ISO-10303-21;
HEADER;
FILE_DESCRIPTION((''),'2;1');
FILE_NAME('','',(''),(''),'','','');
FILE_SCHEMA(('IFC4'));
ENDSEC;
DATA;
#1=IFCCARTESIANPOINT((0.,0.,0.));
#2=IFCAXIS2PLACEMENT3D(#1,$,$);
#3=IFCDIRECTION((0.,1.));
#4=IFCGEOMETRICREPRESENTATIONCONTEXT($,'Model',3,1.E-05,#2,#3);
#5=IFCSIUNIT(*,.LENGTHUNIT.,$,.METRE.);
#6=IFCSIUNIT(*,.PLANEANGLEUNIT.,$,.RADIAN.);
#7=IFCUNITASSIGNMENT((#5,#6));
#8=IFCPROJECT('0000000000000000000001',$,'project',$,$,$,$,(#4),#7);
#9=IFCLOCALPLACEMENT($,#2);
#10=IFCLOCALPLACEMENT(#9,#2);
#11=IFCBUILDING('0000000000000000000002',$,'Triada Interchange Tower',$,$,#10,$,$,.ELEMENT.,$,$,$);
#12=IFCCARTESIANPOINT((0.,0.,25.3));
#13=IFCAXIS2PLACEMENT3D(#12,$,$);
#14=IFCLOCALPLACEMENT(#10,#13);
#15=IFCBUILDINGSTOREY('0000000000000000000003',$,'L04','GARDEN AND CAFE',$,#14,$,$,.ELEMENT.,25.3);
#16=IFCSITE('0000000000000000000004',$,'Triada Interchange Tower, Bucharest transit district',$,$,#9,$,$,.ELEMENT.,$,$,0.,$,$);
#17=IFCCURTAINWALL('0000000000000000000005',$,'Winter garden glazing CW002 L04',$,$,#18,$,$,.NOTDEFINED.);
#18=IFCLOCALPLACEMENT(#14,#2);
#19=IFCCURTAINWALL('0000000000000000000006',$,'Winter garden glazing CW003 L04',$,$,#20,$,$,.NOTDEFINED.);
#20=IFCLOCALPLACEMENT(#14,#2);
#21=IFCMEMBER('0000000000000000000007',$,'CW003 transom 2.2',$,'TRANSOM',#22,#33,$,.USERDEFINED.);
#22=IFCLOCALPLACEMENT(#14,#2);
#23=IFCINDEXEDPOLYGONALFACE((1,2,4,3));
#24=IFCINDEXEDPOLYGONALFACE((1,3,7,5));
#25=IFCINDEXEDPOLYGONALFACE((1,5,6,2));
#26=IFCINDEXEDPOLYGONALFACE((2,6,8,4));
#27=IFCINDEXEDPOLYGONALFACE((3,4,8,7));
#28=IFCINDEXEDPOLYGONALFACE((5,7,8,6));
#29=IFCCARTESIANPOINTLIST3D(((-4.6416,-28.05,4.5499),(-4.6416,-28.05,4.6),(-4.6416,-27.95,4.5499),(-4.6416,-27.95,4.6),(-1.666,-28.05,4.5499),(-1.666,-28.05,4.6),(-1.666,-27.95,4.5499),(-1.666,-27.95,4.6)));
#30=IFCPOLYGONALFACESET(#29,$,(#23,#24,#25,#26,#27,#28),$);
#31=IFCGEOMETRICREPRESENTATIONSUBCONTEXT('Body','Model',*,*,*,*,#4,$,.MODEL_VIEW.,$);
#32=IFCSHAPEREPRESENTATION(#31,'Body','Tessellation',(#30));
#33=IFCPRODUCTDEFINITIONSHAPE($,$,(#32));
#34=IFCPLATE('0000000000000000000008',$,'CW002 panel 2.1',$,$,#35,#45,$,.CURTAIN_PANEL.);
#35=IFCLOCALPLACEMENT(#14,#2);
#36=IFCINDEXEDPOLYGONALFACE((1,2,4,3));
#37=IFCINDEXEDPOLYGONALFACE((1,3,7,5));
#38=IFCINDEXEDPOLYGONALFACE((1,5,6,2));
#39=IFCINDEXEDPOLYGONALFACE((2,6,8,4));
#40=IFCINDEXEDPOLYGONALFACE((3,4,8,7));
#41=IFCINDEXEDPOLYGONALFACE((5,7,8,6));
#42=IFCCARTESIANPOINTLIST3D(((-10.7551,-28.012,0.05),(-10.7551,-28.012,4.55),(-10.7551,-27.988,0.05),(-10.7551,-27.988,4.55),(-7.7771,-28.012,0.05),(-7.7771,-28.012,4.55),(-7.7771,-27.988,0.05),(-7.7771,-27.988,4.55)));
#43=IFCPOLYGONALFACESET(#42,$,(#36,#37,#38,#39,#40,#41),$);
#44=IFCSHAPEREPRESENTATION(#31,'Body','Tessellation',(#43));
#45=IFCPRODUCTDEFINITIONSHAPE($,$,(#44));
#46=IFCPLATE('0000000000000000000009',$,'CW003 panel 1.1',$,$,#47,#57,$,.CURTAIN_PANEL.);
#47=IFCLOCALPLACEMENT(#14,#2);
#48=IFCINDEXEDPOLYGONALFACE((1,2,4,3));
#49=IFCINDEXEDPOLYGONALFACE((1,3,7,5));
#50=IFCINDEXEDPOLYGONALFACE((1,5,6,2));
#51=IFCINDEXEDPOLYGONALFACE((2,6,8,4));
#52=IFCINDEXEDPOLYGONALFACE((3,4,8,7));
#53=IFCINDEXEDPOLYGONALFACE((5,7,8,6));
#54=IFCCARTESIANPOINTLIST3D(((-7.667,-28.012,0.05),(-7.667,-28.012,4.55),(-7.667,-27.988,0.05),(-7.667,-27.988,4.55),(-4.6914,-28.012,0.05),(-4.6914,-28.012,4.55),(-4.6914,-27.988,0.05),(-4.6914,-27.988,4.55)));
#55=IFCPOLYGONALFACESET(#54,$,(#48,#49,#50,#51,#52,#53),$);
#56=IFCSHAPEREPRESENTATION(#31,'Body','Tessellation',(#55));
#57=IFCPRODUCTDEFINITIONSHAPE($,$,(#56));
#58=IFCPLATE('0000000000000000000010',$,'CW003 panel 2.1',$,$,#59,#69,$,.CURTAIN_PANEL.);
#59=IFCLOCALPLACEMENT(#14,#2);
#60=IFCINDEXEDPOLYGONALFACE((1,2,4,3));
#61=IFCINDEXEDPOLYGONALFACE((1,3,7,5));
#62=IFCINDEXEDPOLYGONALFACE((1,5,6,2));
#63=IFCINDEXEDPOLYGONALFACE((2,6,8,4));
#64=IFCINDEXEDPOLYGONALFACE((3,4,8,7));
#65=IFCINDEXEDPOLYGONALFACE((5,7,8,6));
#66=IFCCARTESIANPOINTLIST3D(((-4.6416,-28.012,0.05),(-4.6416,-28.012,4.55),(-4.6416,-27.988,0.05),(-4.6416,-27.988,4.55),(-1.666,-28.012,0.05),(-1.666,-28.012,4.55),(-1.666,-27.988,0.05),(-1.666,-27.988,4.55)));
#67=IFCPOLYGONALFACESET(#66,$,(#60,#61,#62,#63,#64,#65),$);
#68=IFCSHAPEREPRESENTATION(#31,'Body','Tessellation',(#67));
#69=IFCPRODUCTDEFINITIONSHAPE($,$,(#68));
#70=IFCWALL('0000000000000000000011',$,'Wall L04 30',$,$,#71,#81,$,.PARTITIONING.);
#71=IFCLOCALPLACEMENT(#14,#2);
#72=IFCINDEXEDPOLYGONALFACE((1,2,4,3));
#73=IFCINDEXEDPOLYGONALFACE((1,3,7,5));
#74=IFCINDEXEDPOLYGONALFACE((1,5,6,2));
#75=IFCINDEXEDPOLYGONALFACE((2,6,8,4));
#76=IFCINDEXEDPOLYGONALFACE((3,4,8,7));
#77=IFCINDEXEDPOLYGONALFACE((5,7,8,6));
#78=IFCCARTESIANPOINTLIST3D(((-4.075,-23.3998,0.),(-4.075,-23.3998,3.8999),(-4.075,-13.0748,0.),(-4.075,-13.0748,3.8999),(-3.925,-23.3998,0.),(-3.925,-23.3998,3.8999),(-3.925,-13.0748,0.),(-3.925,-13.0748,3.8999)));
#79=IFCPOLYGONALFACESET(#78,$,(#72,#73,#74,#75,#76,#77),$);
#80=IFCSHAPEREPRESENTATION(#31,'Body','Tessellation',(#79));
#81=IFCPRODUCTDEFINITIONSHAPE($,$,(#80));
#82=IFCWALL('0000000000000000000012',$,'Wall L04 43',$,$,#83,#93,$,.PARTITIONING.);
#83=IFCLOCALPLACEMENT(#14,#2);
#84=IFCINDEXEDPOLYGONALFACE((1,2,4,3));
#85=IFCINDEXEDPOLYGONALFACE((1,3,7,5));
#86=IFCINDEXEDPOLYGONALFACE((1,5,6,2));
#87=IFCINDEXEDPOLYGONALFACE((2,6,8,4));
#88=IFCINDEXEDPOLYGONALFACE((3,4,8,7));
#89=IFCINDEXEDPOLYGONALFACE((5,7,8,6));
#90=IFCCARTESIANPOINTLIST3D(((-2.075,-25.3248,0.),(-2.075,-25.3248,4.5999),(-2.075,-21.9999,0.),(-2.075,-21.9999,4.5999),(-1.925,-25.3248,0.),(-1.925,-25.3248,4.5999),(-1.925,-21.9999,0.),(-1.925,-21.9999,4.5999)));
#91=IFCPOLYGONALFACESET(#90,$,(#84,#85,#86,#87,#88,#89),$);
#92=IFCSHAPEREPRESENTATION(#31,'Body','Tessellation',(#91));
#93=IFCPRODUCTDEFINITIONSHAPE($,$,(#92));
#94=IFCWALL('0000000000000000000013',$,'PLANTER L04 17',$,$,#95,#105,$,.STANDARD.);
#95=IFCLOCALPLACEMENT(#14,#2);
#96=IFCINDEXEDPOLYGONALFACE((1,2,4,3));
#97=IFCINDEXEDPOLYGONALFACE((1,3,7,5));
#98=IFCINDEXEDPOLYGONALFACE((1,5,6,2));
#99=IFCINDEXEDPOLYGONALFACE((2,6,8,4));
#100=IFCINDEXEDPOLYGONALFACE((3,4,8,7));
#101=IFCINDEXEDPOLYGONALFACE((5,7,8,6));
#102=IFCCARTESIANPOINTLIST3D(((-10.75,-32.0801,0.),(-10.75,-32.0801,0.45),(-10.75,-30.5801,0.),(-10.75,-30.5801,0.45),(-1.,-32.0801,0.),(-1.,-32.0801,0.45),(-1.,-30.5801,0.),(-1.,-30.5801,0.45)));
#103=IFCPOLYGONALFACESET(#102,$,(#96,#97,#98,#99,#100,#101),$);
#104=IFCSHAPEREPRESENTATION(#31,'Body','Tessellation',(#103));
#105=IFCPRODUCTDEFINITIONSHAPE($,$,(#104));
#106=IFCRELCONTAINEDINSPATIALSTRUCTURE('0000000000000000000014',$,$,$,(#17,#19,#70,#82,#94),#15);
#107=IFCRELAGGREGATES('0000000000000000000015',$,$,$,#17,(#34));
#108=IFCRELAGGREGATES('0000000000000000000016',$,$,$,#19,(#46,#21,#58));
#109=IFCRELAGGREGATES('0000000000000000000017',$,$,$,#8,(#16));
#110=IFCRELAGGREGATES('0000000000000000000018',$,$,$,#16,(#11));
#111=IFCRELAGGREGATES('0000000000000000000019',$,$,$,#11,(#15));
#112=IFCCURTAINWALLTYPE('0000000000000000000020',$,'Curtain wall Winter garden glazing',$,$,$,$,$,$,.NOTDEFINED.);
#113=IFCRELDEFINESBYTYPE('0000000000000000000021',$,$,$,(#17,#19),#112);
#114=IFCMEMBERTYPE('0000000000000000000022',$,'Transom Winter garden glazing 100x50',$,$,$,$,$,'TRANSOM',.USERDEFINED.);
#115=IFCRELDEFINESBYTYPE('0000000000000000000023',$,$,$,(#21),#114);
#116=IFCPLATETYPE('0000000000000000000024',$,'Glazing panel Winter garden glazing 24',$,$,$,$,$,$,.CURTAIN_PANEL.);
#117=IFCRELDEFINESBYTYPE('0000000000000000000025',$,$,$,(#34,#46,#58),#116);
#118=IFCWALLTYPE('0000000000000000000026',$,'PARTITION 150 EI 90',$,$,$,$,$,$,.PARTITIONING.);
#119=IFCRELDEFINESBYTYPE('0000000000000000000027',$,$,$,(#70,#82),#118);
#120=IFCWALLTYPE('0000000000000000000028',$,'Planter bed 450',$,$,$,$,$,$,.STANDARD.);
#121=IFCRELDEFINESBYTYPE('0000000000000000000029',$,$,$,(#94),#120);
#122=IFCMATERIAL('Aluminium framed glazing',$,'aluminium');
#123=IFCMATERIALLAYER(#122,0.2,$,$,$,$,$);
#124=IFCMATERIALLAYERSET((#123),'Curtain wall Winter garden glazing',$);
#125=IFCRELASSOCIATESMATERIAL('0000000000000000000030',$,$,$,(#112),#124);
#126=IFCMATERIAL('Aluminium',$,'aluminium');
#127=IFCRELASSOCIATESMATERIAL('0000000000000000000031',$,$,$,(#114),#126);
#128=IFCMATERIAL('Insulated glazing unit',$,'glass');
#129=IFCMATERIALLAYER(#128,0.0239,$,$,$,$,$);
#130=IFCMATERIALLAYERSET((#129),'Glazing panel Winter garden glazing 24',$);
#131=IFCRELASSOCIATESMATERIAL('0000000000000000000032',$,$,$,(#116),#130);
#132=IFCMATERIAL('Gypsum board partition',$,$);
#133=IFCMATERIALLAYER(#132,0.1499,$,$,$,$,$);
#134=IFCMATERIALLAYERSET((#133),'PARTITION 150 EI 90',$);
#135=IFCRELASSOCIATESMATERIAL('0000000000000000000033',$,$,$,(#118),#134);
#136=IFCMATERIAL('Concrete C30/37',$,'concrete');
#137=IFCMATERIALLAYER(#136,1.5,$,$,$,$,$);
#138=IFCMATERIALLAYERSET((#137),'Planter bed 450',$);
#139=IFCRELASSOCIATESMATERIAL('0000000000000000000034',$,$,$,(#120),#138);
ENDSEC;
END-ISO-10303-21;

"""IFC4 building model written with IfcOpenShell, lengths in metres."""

from ifc_helpers import new_model, si_unit, direction, frame, frame_2d, origin, origin_2d, place, context, subcontext, project, spatial, rectangle, extrude, material, layer, layer_set, material_profile, profile_set, type_object, element, aggregate, save


model = new_model("IFC4")

# Units and contexts
model_context = context("Model", 3, precision=1e-05, world=origin(), true_north=direction((0.0, 1.0)))
body_context = subcontext(model_context, "Body", "Model", "MODEL_VIEW")
ifc_project = project(units=[si_unit("LENGTHUNIT", "METRE"), si_unit("PLANEANGLEUNIT", "RADIAN")], contexts=[model_context])

# Site, building, storey
site_placement = place(None, origin())
site = spatial("IfcSite", under=ifc_project, at=site_placement, Name="Triada Interchange Tower, Bucharest transit district", CompositionType="ELEMENT", RefElevation=0.0)
building_placement = place(site_placement, origin())
building = spatial("IfcBuilding", under=site, at=building_placement, Name="Triada Interchange Tower", CompositionType="ELEMENT")
storey_placement = place(building_placement, frame((0.0, 0.0, 25.3)))
storey = spatial("IfcBuildingStorey", under=building, at=storey_placement, Name="L04", Description="GARDEN AND CAFE", CompositionType="ELEMENT", Elevation=25.3)

# Curtain walls
ifc_material_1 = material(Name="Aluminium framed glazing", Category="aluminium")
ifc_layer_1 = layer(ifc_material_1, 0.2)
ifc_layer_set_1 = layer_set([ifc_layer_1], Name="Curtain wall Winter garden glazing")
curtain_wall_type = type_object("IfcCurtainWallType", Name="Curtain wall Winter garden glazing", PredefinedType="NOTDEFINED", material=ifc_layer_set_1)
curtain_wall_1_placement = place(storey_placement, origin())
curtain_wall_1 = element("IfcCurtainWall", 1, at=curtain_wall_1_placement, inside=storey, type_object=curtain_wall_type, Name="Winter garden glazing CW002 L04", PredefinedType="NOTDEFINED")
ifc_material_2 = material(Name="Aluminium", Category="aluminium")
curtain_wall_2_placement = place(storey_placement, origin())
curtain_wall_2 = element("IfcCurtainWall", 2, at=curtain_wall_2_placement, inside=storey, type_object=curtain_wall_type, Name="Winter garden glazing CW003 L04", PredefinedType="NOTDEFINED")

# Member
ifc_material_profile_1 = material_profile(ifc_material_2, rectangle(XDim=0.1001, YDim=0.05, at=origin_2d()), Name="Aluminium transom")
ifc_profile_set_1 = profile_set([ifc_material_profile_1], Name="Aluminium")
member_type_1 = type_object("IfcMemberType", Name="Transom Winter garden glazing 100x50", ElementType="TRANSOM", PredefinedType="USERDEFINED", material=ifc_profile_set_1)
member_1_placement = place(storey_placement, frame((-4.6416, -28.0, 4.575), z_axis=(1.0, 0.0, 0.0), x_axis=(0.0, 1.0, 0.0)))
member_1 = element("IfcMember", 3, at=member_1_placement, type_object=member_type_1, Name="CW003 transom 2.2", ObjectType="TRANSOM", PredefinedType="USERDEFINED", context=body_context, shape_type="SweptSolid", body=[
    extrude(rectangle(XDim=0.1001, YDim=0.05, at=origin_2d()), origin(), (0.0, 0.0, 1.0), 2.9756),
])

# Plates
ifc_material_3 = material(Name="Insulated glazing unit", Category="glass")
ifc_layer_2 = layer(ifc_material_3, 0.0239)
ifc_layer_set_2 = layer_set([ifc_layer_2], Name="Glazing panel Winter garden glazing 24")
plate_type = type_object("IfcPlateType", Name="Glazing panel Winter garden glazing 24", PredefinedType="CURTAIN_PANEL", material=ifc_layer_set_2)
plate_1_placement = place(storey_placement, frame((-9.2661, -28.0, 0.05), z_axis=(0.0, 0.0, 1.0), x_axis=(1.0, 0.0, 0.0)))
plate_1 = element("IfcPlate", 4, at=plate_1_placement, type_object=plate_type, Name="CW002 panel 2.1", PredefinedType="CURTAIN_PANEL", context=body_context, shape_type="SweptSolid", body=[
    extrude(rectangle(XDim=2.978, YDim=0.0239, at=origin_2d()), origin(), (0.0, 0.0, 1.0), 4.5),
])
aggregate(curtain_wall_1, [plate_1])
plate_2_placement = place(storey_placement, frame((-6.1792, -28.0, 0.05), z_axis=(0.0, 0.0, 1.0), x_axis=(1.0, 0.0, 0.0)))
plate_2 = element("IfcPlate", 5, at=plate_2_placement, type_object=plate_type, Name="CW003 panel 1.1", PredefinedType="CURTAIN_PANEL", context=body_context, shape_type="SweptSolid", body=[
    extrude(rectangle(XDim=2.9756, YDim=0.0239, at=origin_2d()), origin(), (0.0, 0.0, 1.0), 4.5),
])
plate_3_placement = place(storey_placement, frame((-3.1538, -28.0, 0.05), z_axis=(0.0, 0.0, 1.0), x_axis=(1.0, 0.0, 0.0)))
plate_3 = element("IfcPlate", 6, at=plate_3_placement, type_object=plate_type, Name="CW003 panel 2.1", PredefinedType="CURTAIN_PANEL", context=body_context, shape_type="SweptSolid", body=[
    extrude(rectangle(XDim=2.9756, YDim=0.0239, at=origin_2d()), origin(), (0.0, 0.0, 1.0), 4.5),
])
aggregate(curtain_wall_2, [plate_2, member_1, plate_3])

# Walls
ifc_material_4 = material(Name="Gypsum board partition")
ifc_layer_3 = layer(ifc_material_4, 0.1499)
ifc_layer_set_3 = layer_set([ifc_layer_3], Name="PARTITION 150 EI 90")
wall_type_1 = type_object("IfcWallType", Name="PARTITION 150 EI 90", PredefinedType="PARTITIONING", material=ifc_layer_set_3)
wall_1_placement = place(storey_placement, frame((-4.0, -23.3999, 0.0), z_axis=(0.0, 0.0, 1.0), x_axis=(0.0, 1.0, 0.0)))
element("IfcWall", 7, at=wall_1_placement, inside=storey, type_object=wall_type_1, Name="Wall L04 30", PredefinedType="PARTITIONING", context=body_context, shape_type="SweptSolid", body=[
    extrude(rectangle(XDim=10.325, YDim=0.1499, at=frame_2d((5.1626, 0.0))), origin(), (0.0, 0.0, 1.0), 3.8999),
])
wall_2_placement = place(storey_placement, frame((-2.0, -25.325, 0.0), z_axis=(0.0, 0.0, 1.0), x_axis=(0.0, 1.0, 0.0)))
element("IfcWall", 8, at=wall_2_placement, inside=storey, type_object=wall_type_1, Name="Wall L04 43", PredefinedType="PARTITIONING", context=body_context, shape_type="SweptSolid", body=[
    extrude(rectangle(XDim=3.325, YDim=0.1499, at=frame_2d((1.6626, 0.0))), origin(), (0.0, 0.0, 1.0), 4.5999),
])
ifc_material_5 = material(Name="Concrete C30/37", Category="concrete")
ifc_layer_4 = layer(ifc_material_5, 1.5)
ifc_layer_set_4 = layer_set([ifc_layer_4], Name="Planter bed 450")
wall_type_2 = type_object("IfcWallType", Name="Planter bed 450", PredefinedType="STANDARD", material=ifc_layer_set_4)
wall_3_placement = place(storey_placement, frame((-10.75, -31.3301, 0.0), z_axis=(0.0, 0.0, 1.0), x_axis=(1.0, 0.0, 0.0)))
element("IfcWall", 9, at=wall_3_placement, inside=storey, type_object=wall_type_2, Name="PLANTER L04 17", PredefinedType="STANDARD", context=body_context, shape_type="SweptSolid", body=[
    extrude(rectangle(XDim=9.75, YDim=1.5, at=frame_2d((4.875, 0.0))), origin(), (0.0, 0.0, 1.0), 0.45),
])

save(model, "model.ifc")
